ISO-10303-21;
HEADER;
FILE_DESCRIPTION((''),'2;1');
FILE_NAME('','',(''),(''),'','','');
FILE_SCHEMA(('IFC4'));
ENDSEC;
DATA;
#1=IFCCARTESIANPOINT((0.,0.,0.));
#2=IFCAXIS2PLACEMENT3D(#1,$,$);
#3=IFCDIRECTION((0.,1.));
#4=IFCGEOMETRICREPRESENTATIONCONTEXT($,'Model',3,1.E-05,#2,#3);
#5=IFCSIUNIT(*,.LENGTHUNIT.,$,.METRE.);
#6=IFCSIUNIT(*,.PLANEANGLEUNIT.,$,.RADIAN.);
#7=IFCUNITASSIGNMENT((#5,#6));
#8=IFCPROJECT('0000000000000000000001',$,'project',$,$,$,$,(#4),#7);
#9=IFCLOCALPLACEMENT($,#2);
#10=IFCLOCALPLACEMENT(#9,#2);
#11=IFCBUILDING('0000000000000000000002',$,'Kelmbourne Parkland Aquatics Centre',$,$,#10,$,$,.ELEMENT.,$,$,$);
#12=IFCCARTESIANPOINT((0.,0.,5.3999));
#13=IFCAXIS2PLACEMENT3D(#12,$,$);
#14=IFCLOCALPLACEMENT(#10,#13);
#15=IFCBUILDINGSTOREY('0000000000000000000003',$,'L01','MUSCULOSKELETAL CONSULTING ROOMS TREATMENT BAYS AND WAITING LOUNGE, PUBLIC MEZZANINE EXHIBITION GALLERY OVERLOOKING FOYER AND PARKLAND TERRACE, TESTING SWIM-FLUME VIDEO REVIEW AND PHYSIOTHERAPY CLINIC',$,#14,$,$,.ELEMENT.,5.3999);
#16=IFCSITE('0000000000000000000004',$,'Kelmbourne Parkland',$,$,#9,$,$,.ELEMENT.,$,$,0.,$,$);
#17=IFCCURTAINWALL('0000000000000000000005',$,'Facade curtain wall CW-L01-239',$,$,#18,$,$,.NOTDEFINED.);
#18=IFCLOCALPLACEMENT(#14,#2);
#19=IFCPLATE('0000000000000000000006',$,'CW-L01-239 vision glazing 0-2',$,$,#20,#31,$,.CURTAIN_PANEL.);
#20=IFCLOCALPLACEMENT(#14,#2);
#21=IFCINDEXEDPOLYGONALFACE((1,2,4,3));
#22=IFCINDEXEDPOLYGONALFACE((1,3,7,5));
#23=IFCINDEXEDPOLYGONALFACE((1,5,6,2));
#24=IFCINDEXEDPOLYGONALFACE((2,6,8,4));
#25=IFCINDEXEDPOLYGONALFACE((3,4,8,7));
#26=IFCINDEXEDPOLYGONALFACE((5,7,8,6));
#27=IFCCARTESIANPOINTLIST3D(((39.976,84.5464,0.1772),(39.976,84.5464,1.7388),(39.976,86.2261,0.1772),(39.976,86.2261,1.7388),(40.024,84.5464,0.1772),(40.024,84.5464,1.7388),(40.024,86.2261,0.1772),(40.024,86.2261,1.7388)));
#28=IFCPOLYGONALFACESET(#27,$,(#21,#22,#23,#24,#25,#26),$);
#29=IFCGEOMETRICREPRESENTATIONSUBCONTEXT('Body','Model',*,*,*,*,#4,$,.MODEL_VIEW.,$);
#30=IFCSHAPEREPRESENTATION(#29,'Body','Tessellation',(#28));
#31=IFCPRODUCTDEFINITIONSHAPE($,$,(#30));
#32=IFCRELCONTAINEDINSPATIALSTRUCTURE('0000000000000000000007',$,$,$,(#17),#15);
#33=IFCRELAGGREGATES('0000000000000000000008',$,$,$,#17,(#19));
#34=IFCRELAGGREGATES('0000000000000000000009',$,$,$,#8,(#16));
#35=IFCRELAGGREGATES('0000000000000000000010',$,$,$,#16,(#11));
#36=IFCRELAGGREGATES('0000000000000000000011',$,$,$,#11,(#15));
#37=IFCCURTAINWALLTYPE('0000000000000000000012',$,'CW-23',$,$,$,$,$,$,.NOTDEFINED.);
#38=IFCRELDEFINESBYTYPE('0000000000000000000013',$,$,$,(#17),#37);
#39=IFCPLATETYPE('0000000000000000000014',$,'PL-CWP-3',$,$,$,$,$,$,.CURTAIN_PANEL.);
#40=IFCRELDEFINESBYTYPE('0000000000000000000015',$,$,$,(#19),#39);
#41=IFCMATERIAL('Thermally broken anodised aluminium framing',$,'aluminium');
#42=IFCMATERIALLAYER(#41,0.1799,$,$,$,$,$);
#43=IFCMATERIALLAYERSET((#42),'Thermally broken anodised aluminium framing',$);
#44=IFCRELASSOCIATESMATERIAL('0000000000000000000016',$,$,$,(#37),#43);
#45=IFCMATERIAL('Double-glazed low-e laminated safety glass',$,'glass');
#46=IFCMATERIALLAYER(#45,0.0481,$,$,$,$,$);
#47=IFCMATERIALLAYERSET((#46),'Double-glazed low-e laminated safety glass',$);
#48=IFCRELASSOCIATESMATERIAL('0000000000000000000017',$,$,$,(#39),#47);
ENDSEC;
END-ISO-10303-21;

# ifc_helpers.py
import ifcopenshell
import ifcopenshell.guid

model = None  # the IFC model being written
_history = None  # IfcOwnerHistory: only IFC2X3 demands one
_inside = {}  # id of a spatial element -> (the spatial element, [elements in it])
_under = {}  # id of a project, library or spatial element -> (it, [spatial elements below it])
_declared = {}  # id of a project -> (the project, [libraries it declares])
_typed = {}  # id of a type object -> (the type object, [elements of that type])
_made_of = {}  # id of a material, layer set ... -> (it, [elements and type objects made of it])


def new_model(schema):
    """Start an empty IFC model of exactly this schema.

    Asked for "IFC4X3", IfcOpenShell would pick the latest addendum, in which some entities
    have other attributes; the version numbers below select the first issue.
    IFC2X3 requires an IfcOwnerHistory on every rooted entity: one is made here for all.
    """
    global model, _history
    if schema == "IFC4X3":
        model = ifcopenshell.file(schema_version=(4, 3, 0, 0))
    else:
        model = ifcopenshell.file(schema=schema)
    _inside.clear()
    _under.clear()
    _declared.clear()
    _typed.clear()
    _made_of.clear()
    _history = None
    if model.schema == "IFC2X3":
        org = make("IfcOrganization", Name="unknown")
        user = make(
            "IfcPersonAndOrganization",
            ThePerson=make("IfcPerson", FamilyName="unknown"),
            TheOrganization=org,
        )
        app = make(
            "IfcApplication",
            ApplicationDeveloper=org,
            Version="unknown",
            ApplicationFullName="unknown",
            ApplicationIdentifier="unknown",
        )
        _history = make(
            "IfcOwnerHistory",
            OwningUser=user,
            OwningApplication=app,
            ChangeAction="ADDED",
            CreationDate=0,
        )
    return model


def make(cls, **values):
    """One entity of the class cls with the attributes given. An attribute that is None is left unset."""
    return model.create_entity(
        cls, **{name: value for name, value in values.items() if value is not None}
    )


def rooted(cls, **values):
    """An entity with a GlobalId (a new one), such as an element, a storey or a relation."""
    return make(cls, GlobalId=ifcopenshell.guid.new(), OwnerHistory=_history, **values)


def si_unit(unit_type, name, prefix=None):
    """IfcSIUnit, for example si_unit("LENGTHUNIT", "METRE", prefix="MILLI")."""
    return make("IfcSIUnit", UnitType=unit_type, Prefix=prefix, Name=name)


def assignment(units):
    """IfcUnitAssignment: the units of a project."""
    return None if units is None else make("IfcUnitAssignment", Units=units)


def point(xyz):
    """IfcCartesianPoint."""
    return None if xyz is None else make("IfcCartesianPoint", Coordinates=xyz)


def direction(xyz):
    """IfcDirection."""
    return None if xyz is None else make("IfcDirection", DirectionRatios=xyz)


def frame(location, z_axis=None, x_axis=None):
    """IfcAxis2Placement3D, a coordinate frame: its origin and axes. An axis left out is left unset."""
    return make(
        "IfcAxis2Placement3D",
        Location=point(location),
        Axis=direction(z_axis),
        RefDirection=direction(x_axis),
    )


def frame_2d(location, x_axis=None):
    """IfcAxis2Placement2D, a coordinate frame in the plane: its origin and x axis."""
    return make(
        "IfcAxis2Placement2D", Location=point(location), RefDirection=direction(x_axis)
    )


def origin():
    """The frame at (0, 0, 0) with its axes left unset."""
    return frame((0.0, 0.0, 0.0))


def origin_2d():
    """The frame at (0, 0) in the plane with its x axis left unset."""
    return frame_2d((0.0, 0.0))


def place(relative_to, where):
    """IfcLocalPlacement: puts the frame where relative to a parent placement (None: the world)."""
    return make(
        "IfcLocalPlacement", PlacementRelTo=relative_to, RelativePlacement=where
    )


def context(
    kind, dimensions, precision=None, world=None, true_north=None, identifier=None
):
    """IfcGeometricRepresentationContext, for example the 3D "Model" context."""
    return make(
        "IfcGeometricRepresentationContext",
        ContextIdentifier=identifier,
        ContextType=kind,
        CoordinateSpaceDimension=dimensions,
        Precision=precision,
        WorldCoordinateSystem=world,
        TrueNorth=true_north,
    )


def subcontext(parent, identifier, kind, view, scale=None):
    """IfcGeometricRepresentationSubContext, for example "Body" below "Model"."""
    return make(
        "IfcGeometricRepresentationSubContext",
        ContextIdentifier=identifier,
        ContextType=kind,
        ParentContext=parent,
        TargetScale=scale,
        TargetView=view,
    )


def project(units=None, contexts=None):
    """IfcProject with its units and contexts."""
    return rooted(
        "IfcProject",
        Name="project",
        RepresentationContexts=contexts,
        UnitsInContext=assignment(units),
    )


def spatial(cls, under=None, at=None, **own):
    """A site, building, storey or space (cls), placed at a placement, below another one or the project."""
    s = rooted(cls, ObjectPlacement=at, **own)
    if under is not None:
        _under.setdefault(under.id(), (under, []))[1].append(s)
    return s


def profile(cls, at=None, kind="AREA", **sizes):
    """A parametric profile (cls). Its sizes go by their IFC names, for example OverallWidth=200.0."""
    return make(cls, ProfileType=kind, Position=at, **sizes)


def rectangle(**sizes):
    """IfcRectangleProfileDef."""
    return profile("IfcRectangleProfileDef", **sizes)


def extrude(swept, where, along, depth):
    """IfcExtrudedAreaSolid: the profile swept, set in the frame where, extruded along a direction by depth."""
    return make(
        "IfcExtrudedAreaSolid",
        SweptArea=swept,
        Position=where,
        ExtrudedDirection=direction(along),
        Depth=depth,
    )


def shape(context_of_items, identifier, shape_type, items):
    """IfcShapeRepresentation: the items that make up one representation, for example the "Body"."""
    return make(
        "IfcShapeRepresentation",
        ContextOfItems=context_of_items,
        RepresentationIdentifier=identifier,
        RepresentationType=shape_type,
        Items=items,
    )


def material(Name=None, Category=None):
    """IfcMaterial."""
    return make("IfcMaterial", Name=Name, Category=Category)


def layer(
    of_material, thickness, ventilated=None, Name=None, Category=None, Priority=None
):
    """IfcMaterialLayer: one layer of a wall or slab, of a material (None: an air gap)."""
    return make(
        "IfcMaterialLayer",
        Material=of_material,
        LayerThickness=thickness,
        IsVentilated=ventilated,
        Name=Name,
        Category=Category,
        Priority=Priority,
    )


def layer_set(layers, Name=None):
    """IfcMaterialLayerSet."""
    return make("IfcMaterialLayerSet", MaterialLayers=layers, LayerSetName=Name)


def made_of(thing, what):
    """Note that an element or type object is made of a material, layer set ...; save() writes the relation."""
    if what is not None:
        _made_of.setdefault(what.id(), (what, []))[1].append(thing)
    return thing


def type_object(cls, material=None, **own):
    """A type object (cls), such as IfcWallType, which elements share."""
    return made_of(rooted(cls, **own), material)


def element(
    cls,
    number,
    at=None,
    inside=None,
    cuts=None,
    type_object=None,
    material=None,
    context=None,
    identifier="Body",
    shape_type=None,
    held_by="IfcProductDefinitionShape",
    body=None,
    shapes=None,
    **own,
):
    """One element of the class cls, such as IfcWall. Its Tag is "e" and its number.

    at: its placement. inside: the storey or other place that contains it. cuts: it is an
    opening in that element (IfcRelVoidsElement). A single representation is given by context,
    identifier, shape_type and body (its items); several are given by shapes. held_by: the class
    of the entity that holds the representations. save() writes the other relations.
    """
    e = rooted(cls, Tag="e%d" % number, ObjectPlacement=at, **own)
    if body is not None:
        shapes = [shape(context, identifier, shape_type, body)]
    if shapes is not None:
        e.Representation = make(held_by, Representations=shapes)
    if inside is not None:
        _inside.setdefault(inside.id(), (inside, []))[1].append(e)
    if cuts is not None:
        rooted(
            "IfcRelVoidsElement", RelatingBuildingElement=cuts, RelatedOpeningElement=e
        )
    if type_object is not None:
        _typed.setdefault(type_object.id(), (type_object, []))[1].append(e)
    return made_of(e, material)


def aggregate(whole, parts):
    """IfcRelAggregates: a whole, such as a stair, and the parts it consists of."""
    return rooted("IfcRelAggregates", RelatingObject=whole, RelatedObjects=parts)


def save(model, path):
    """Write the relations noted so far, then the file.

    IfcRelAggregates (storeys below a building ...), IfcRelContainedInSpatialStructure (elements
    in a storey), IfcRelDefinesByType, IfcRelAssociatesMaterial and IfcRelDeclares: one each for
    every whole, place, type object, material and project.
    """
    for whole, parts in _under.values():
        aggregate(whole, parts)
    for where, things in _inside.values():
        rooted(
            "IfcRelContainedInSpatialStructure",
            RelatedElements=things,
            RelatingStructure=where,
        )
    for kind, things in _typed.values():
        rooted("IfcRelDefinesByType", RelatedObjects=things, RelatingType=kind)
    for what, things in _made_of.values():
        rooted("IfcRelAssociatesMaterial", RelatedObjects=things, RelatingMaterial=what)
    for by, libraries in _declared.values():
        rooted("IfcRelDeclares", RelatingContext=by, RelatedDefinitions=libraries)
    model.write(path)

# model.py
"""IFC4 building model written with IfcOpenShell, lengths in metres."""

from ifc_helpers import new_model, si_unit, direction, frame, origin, origin_2d, place, context, subcontext, project, spatial, rectangle, extrude, material, layer, layer_set, type_object, element, aggregate, save


model = new_model("IFC4")

# Units and contexts
model_context = context("Model", 3, precision=1e-05, world=origin(), true_north=direction((0.0, 1.0)))
body_context = subcontext(model_context, "Body", "Model", "MODEL_VIEW")
ifc_project = project(units=[si_unit("LENGTHUNIT", "METRE"), si_unit("PLANEANGLEUNIT", "RADIAN")], contexts=[model_context])

# Site, building, storey
site_placement = place(None, origin())
site = spatial("IfcSite", under=ifc_project, at=site_placement, Name="Kelmbourne Parkland", CompositionType="ELEMENT", RefElevation=0.0)
building_placement = place(site_placement, origin())
building = spatial("IfcBuilding", under=site, at=building_placement, Name="Kelmbourne Parkland Aquatics Centre", CompositionType="ELEMENT")
storey_placement = place(building_placement, frame((0.0, 0.0, 5.3999)))
storey = spatial("IfcBuildingStorey", under=building, at=storey_placement, Name="L01", Description="MUSCULOSKELETAL CONSULTING ROOMS TREATMENT BAYS AND WAITING LOUNGE, PUBLIC MEZZANINE EXHIBITION GALLERY OVERLOOKING FOYER AND PARKLAND TERRACE, TESTING SWIM-FLUME VIDEO REVIEW AND PHYSIOTHERAPY CLINIC", CompositionType="ELEMENT", Elevation=5.3999)

# Curtain wall
ifc_material_1 = material(Name="Thermally broken anodised aluminium framing", Category="aluminium")
ifc_layer_1 = layer(ifc_material_1, 0.1799)
ifc_layer_set_1 = layer_set([ifc_layer_1], Name="Thermally broken anodised aluminium framing")
curtain_wall_type_1 = type_object("IfcCurtainWallType", Name="CW-23", PredefinedType="NOTDEFINED", material=ifc_layer_set_1)
curtain_wall_1_placement = place(storey_placement, origin())
curtain_wall_1 = element("IfcCurtainWall", 1, at=curtain_wall_1_placement, inside=storey, type_object=curtain_wall_type_1, Name="Facade curtain wall CW-L01-239", PredefinedType="NOTDEFINED")

# Plate
ifc_material_2 = material(Name="Double-glazed low-e laminated safety glass", Category="glass")
ifc_layer_2 = layer(ifc_material_2, 0.0481)
ifc_layer_set_2 = layer_set([ifc_layer_2], Name="Double-glazed low-e laminated safety glass")
plate_type_1 = type_object("IfcPlateType", Name="PL-CWP-3", PredefinedType="CURTAIN_PANEL", material=ifc_layer_set_2)
plate_1_placement = place(storey_placement, frame((40.0, 85.3862, 0.1772), z_axis=(0.0, 0.0, 1.0), x_axis=(0.0, 1.0, 0.0)))
plate_1 = element("IfcPlate", 2, at=plate_1_placement, type_object=plate_type_1, Name="CW-L01-239 vision glazing 0-2", PredefinedType="CURTAIN_PANEL", context=body_context, shape_type="SweptSolid", body=[
    extrude(rectangle(XDim=1.6797, YDim=0.0481, at=origin_2d()), origin(), (0.0, 0.0, 1.0), 1.5615),
])
aggregate(curtain_wall_1, [plate_1])

save(model, "model.ifc")
